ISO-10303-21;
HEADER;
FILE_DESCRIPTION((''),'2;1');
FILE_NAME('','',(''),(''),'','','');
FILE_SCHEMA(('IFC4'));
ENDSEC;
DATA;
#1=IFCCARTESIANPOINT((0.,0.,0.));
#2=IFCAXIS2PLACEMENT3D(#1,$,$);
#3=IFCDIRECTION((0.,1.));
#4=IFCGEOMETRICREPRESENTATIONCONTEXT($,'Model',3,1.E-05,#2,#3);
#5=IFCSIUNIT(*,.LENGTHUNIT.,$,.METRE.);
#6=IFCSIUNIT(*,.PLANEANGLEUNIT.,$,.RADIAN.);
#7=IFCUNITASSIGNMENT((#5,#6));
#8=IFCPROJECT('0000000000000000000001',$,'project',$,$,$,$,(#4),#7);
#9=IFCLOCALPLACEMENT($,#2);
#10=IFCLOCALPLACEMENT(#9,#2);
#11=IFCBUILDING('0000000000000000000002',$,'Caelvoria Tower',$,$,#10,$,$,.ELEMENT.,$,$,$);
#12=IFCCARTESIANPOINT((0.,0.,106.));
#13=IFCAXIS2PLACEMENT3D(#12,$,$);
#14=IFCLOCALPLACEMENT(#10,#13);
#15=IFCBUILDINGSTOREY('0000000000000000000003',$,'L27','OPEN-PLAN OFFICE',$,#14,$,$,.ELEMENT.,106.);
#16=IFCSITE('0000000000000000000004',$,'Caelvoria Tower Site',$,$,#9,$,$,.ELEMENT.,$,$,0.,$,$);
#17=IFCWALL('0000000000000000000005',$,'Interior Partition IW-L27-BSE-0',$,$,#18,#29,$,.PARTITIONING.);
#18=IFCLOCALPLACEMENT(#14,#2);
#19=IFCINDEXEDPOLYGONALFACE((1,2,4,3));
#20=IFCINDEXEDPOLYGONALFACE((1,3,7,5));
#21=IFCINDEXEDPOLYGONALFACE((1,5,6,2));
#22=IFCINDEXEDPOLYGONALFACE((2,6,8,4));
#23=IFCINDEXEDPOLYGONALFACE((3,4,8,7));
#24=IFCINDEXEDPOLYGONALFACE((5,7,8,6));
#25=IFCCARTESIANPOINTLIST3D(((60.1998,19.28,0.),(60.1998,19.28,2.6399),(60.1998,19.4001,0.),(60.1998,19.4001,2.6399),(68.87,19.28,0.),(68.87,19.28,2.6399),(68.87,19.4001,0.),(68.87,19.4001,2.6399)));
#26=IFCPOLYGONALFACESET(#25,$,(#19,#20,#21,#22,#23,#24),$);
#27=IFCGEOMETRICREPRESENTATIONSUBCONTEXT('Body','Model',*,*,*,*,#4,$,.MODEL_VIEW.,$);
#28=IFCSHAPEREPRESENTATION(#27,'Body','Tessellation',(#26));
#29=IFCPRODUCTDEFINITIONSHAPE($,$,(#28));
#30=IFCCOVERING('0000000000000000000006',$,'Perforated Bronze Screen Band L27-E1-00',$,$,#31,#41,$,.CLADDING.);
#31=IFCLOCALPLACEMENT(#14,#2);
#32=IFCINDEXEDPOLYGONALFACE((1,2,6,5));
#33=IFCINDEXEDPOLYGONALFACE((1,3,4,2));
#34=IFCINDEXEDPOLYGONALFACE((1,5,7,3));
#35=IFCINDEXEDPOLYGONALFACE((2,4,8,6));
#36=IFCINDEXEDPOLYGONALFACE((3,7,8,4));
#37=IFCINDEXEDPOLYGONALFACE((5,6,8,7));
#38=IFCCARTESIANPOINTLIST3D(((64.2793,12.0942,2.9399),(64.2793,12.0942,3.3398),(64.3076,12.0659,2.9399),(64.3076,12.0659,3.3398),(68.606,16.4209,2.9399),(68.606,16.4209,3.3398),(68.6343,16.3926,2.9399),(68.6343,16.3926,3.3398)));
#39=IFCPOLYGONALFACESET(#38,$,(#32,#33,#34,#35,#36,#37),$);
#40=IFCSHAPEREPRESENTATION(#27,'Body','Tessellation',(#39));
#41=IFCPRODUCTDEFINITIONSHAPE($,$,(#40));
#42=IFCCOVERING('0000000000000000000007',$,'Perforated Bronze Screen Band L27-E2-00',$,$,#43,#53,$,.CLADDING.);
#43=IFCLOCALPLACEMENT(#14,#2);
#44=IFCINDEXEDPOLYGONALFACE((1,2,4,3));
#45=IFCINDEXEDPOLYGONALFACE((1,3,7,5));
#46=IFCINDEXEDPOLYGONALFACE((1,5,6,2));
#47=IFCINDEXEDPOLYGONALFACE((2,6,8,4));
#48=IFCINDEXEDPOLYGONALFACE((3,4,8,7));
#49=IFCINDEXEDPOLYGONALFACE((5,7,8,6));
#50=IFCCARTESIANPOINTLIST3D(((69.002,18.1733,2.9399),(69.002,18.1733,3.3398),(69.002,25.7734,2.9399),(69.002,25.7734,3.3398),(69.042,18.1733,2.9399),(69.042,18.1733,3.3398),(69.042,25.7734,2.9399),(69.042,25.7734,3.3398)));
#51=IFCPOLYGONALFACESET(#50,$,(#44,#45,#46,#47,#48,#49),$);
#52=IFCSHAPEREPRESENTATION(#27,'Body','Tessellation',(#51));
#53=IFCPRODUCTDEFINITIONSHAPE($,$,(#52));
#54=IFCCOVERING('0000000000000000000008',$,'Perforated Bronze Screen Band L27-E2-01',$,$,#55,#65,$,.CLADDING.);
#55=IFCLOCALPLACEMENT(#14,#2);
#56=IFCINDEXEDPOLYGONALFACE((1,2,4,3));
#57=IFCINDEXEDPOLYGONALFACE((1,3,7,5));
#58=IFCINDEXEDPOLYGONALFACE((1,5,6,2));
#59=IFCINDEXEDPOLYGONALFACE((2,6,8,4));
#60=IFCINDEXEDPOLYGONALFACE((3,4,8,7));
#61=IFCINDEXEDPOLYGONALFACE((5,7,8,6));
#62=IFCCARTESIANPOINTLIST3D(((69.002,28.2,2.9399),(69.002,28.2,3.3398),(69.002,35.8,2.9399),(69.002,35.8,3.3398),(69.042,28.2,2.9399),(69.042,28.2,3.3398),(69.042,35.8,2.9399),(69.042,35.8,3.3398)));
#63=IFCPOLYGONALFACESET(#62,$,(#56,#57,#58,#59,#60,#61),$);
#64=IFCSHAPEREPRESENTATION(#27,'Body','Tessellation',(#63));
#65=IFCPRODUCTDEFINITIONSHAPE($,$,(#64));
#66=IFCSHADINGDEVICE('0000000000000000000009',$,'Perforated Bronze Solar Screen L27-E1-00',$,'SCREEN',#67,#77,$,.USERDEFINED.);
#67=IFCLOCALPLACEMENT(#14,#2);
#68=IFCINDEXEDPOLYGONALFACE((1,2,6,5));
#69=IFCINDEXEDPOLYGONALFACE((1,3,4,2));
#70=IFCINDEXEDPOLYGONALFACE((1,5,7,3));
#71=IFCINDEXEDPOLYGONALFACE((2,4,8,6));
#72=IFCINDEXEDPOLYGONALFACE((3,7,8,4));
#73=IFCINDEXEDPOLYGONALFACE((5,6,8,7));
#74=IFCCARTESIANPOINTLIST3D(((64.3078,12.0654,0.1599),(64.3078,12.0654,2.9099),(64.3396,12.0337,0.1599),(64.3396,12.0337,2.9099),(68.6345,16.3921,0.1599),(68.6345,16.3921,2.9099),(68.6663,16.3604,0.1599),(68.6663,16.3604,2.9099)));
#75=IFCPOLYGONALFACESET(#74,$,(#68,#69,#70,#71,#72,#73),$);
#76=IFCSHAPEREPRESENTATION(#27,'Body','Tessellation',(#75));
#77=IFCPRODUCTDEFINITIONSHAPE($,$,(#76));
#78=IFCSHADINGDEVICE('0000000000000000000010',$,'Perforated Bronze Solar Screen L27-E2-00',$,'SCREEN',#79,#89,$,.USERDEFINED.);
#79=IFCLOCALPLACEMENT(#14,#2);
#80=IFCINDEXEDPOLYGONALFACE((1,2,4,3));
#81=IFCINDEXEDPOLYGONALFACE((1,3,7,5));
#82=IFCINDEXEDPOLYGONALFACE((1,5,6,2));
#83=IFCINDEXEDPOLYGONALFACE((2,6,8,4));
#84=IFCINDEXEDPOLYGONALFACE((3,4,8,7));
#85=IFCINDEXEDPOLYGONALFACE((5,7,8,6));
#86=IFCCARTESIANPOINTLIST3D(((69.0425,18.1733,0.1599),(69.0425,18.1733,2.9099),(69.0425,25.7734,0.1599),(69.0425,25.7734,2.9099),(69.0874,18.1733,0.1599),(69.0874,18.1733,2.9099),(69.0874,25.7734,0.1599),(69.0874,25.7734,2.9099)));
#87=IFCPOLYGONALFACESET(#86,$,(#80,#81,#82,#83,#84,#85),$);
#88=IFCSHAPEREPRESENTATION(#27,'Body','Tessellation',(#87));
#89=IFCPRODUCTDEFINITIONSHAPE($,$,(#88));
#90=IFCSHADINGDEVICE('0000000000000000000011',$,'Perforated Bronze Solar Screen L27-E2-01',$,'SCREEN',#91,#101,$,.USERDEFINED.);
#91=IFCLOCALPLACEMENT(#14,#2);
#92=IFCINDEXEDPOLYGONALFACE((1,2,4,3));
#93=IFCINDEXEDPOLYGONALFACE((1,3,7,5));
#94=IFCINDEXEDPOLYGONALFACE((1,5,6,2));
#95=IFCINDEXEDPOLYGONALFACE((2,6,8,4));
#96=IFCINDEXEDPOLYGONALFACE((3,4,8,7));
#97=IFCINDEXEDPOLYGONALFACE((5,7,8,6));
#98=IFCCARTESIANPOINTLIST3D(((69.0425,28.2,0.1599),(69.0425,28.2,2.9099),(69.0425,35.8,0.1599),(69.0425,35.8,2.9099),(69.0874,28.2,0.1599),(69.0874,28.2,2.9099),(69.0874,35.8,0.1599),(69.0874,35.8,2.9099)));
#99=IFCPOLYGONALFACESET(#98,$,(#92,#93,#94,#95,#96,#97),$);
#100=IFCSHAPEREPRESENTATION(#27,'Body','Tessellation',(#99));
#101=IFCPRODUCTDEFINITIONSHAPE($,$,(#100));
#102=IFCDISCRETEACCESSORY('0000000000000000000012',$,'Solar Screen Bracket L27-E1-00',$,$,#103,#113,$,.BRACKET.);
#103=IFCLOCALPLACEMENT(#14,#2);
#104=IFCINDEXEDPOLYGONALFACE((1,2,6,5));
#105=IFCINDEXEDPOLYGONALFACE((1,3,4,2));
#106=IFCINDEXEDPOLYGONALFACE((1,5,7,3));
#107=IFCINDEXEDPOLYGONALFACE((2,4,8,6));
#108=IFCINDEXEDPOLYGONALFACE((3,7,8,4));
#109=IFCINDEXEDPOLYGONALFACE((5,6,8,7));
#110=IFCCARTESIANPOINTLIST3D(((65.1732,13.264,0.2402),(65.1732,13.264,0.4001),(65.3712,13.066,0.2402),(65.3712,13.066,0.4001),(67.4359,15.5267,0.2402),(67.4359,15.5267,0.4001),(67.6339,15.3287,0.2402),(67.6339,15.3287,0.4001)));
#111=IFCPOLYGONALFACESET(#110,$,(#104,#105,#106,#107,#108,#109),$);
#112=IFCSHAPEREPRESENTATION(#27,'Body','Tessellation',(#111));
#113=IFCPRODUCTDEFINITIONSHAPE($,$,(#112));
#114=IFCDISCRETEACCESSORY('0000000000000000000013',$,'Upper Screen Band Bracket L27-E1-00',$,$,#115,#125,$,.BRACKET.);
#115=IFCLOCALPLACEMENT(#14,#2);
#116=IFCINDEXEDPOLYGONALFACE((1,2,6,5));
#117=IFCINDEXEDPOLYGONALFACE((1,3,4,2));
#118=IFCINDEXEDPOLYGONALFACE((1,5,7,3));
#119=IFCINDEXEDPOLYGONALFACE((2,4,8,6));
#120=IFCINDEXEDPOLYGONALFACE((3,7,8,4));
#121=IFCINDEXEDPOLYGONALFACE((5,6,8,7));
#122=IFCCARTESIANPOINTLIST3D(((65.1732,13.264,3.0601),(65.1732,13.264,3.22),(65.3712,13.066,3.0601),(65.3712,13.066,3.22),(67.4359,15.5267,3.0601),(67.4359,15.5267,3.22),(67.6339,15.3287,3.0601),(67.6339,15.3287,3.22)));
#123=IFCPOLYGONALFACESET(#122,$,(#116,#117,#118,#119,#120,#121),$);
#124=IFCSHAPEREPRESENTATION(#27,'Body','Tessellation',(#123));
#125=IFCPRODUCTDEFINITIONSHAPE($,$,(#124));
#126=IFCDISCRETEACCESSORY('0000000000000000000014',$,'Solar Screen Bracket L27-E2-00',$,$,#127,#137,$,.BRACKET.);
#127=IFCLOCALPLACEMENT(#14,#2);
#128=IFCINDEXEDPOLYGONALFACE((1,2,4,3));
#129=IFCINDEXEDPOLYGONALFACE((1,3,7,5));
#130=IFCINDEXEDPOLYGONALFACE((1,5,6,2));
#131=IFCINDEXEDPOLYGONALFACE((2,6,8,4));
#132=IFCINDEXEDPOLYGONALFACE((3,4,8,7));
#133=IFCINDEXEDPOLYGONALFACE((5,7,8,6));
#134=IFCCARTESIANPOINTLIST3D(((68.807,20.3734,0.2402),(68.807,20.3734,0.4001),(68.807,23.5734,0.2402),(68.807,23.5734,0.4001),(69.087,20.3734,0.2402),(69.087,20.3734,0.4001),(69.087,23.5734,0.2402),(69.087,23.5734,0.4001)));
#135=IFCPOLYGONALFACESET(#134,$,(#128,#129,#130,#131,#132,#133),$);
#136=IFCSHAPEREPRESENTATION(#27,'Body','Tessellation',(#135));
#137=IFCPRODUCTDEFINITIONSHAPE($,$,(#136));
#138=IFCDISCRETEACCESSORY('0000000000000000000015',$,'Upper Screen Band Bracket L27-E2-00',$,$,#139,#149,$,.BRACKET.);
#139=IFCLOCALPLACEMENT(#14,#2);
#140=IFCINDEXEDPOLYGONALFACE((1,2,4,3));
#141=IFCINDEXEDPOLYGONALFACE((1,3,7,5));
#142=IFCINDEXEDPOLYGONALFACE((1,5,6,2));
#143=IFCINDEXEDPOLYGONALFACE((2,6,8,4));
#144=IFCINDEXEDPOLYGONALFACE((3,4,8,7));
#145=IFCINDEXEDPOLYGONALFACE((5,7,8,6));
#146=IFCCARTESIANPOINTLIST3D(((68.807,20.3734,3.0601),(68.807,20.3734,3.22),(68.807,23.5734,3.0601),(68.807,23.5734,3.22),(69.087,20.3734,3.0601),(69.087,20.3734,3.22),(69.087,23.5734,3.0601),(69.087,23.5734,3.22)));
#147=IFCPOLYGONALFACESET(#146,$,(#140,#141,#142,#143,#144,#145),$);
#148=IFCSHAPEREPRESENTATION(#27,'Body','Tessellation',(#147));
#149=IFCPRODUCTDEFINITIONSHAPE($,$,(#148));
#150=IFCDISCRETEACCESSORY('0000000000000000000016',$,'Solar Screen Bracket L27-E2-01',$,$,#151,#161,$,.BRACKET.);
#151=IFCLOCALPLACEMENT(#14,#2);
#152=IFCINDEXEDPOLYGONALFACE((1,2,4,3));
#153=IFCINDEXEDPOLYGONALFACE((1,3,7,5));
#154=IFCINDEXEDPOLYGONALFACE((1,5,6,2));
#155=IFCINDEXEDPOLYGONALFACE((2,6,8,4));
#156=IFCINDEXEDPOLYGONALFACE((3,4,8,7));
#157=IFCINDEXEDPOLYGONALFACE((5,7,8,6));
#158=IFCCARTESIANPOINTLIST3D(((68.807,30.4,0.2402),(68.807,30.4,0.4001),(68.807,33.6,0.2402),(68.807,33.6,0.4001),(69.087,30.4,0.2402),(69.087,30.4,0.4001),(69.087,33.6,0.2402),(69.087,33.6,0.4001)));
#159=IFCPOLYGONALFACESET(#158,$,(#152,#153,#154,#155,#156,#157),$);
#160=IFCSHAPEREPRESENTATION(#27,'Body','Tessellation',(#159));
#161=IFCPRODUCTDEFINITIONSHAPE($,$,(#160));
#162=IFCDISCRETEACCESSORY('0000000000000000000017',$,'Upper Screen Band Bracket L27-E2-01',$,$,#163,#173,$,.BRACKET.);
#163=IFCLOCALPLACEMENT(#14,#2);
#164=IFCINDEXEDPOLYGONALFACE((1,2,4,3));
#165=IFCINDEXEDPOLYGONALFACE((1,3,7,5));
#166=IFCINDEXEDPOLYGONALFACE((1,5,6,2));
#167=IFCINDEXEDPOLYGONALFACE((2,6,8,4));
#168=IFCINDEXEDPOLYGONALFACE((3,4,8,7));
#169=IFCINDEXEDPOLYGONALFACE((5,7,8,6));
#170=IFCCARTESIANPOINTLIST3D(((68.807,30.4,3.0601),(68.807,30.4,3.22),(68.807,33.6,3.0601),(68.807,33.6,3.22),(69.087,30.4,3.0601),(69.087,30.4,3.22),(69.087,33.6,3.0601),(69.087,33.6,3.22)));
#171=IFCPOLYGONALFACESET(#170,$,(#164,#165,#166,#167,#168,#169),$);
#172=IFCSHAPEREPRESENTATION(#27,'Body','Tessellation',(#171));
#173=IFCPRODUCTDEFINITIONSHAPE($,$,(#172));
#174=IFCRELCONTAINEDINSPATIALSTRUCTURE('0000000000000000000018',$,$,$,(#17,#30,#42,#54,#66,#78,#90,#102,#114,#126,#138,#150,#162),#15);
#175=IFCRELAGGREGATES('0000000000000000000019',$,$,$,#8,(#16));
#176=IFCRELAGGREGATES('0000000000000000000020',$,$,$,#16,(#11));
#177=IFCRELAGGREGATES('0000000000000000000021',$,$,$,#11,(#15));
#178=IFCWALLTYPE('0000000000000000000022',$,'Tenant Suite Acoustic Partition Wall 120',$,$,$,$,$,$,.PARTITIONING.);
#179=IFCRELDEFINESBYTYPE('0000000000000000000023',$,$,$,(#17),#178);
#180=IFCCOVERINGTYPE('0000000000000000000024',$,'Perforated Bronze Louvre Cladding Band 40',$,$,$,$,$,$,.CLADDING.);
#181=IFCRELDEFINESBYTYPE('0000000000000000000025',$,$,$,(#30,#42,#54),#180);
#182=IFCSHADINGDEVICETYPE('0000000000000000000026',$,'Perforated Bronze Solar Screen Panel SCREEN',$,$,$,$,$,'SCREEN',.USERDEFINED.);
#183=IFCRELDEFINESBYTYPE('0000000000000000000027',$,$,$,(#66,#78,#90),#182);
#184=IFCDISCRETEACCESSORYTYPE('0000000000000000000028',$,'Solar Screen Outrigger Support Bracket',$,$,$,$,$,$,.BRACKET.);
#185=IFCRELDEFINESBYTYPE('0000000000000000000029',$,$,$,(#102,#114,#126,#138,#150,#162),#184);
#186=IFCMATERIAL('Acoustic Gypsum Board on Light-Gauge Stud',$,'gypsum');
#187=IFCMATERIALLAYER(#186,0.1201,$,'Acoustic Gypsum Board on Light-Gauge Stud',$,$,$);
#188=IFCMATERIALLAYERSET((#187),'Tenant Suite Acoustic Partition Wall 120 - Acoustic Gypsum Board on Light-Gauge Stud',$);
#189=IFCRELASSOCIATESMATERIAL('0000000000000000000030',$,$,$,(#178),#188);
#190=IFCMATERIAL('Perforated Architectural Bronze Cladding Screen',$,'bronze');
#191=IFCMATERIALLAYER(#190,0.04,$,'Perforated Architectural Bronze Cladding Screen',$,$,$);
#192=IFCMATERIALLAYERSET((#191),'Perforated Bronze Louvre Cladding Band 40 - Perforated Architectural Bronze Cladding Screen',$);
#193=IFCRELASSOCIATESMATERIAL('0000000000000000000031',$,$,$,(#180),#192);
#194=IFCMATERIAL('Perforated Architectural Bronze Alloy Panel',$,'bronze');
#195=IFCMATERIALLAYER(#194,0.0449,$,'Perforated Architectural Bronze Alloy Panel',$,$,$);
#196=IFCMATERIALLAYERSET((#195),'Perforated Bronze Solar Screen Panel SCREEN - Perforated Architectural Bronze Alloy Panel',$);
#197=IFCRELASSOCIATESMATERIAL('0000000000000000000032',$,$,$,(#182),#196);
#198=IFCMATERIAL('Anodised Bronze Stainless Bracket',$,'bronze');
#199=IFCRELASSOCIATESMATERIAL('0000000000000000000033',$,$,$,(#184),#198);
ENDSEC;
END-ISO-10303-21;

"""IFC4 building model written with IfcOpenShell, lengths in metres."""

from ifc_helpers import new_model, si_unit, direction, frame, frame_2d, origin, origin_2d, place, context, subcontext, project, spatial, rectangle, extrude, material, layer, layer_set, type_object, element, save


model = new_model("IFC4")

# Units and contexts
model_context = context("Model", 3, precision=1e-05, world=origin(), true_north=direction((0.0, 1.0)))
body_context = subcontext(model_context, "Body", "Model", "MODEL_VIEW")
ifc_project = project(units=[si_unit("LENGTHUNIT", "METRE"), si_unit("PLANEANGLEUNIT", "RADIAN")], contexts=[model_context])

# Site, building, storey
site_placement = place(None, origin())
site = spatial("IfcSite", under=ifc_project, at=site_placement, Name="Caelvoria Tower Site", CompositionType="ELEMENT", RefElevation=0.0)
building_placement = place(site_placement, origin())
building = spatial("IfcBuilding", under=site, at=building_placement, Name="Caelvoria Tower", CompositionType="ELEMENT")
storey_placement = place(building_placement, frame((0.0, 0.0, 106.0)))
storey = spatial("IfcBuildingStorey", under=building, at=storey_placement, Name="L27", Description="OPEN-PLAN OFFICE", CompositionType="ELEMENT", Elevation=106.0)

# Shared definitions
ifc_material_1 = material(Name="Acoustic Gypsum Board on Light-Gauge Stud", Category="gypsum")
ifc_layer_1 = layer(ifc_material_1, 0.1201, Name="Acoustic Gypsum Board on Light-Gauge Stud")
ifc_layer_set_1 = layer_set([ifc_layer_1], Name="Tenant Suite Acoustic Partition Wall 120 - Acoustic Gypsum Board on Light-Gauge Stud")
wall_type_1 = type_object("IfcWallType", Name="Tenant Suite Acoustic Partition Wall 120", PredefinedType="PARTITIONING", material=ifc_layer_set_1)

# Wall
wall_1_placement = place(storey_placement, frame((60.2, 19.3401, 0.0), z_axis=(0.0, 0.0, 1.0), x_axis=(1.0, 0.0, 0.0)))
element("IfcWall", 1, at=wall_1_placement, inside=storey, type_object=wall_type_1, Name="Interior Partition IW-L27-BSE-0", PredefinedType="PARTITIONING", context=body_context, shape_type="SweptSolid", body=[
    extrude(rectangle(XDim=8.6702, YDim=0.1201, at=frame_2d((4.335, 0.0))), origin(), (0.0, 0.0, 1.0), 2.6399),
])

# Coverings
ifc_material_2 = material(Name="Perforated Architectural Bronze Cladding Screen", Category="bronze")
ifc_layer_2 = layer(ifc_material_2, 0.04, Name="Perforated Architectural Bronze Cladding Screen")
ifc_layer_set_2 = layer_set([ifc_layer_2], Name="Perforated Bronze Louvre Cladding Band 40 - Perforated Architectural Bronze Cladding Screen")
covering_type = type_object("IfcCoveringType", Name="Perforated Bronze Louvre Cladding Band 40", PredefinedType="CLADDING", material=ifc_layer_set_2)
covering_placement = place(storey_placement, frame((66.4568, 14.2434, 2.9399), z_axis=(0.0, 0.0, 1.0), x_axis=(0.707107, 0.707107, 0.0)))
element("IfcCovering", 2, at=covering_placement, inside=storey, type_object=covering_type, Name="Perforated Bronze Screen Band L27-E1-00", PredefinedType="CLADDING", context=body_context, shape_type="SweptSolid", body=[
    extrude(rectangle(XDim=6.1189, YDim=0.04, at=origin_2d()), origin(), (0.0, 0.0, 1.0), 0.3999),
])
for number, where, z_axis, x_axis, name in (
    (3, (69.022, 21.9734, 2.9399), (0.0, 0.0, 1.0), (0.0, 1.0, 0.0), "Perforated Bronze Screen Band L27-E2-00"),
    (4, (69.022, 32.0, 2.9399), (0.0, 0.0, 1.0), (0.0, 1.0, 0.0), "Perforated Bronze Screen Band L27-E2-01"),
):
    element("IfcCovering", number, at=place(storey_placement, frame(where, z_axis=z_axis, x_axis=x_axis)), inside=storey, type_object=covering_type, Name=name, PredefinedType="CLADDING", context=body_context, shape_type="SweptSolid", body=[
        extrude(rectangle(XDim=7.6001, YDim=0.04, at=origin_2d()), origin(), (0.0, 0.0, 1.0), 0.3999),
    ])

# Shading devices
ifc_material_3 = material(Name="Perforated Architectural Bronze Alloy Panel", Category="bronze")
ifc_layer_3 = layer(ifc_material_3, 0.0449, Name="Perforated Architectural Bronze Alloy Panel")
ifc_layer_set_3 = layer_set([ifc_layer_3], Name="Perforated Bronze Solar Screen Panel SCREEN - Perforated Architectural Bronze Alloy Panel")
shading_device_type = type_object("IfcShadingDeviceType", Name="Perforated Bronze Solar Screen Panel SCREEN", ElementType="SCREEN", PredefinedType="USERDEFINED", material=ifc_layer_set_3)
shading_device_placement = place(storey_placement, frame((66.4871, 14.2129, 0.1599), z_axis=(0.0, 0.0, 1.0), x_axis=(0.707107, 0.707107, 0.0)))
element("IfcShadingDevice", 5, at=shading_device_placement, inside=storey, type_object=shading_device_type, Name="Perforated Bronze Solar Screen L27-E1-00", ObjectType="SCREEN", PredefinedType="USERDEFINED", context=body_context, shape_type="SweptSolid", body=[
    extrude(rectangle(XDim=6.1189, YDim=0.0449, at=origin_2d()), origin(), (0.0, 0.0, 1.0), 2.75),
])
for number, where, z_axis, x_axis, name in (
    (6, (69.0649, 21.9734, 0.1599), (0.0, 0.0, 1.0), (0.0, 1.0, 0.0), "Perforated Bronze Solar Screen L27-E2-00"),
    (7, (69.0649, 32.0, 0.1599), (0.0, 0.0, 1.0), (0.0, 1.0, 0.0), "Perforated Bronze Solar Screen L27-E2-01"),
):
    element("IfcShadingDevice", number, at=place(storey_placement, frame(where, z_axis=z_axis, x_axis=x_axis)), inside=storey, type_object=shading_device_type, Name=name, ObjectType="SCREEN", PredefinedType="USERDEFINED", context=body_context, shape_type="SweptSolid", body=[
        extrude(rectangle(XDim=7.6001, YDim=0.0449, at=origin_2d()), origin(), (0.0, 0.0, 1.0), 2.75),
    ])

# Discrete accessories
ifc_material_4 = material(Name="Anodised Bronze Stainless Bracket", Category="bronze")
discrete_accessory_type = type_object("IfcDiscreteAccessoryType", Name="Solar Screen Outrigger Support Bracket", PredefinedType="BRACKET", material=ifc_material_4)
for number, where, z_axis, x_axis, name in (
    (8, (66.4036, 14.2964, 0.2402), (0.0, 0.0, 1.0), (0.707107, 0.707107, 0.0), "Solar Screen Bracket L27-E1-00"),
    (9, (66.4036, 14.2964, 3.0601), (0.0, 0.0, 1.0), (0.707107, 0.707107, 0.0), "Upper Screen Band Bracket L27-E1-00"),
    (10, (68.947, 21.9734, 0.2402), (0.0, 0.0, 1.0), (0.0, 1.0, 0.0), "Solar Screen Bracket L27-E2-00"),
    (11, (68.947, 21.9734, 3.0601), (0.0, 0.0, 1.0), (0.0, 1.0, 0.0), "Upper Screen Band Bracket L27-E2-00"),
    (12, (68.947, 32.0, 0.2402), (0.0, 0.0, 1.0), (0.0, 1.0, 0.0), "Solar Screen Bracket L27-E2-01"),
    (13, (68.947, 32.0, 3.0601), (0.0, 0.0, 1.0), (0.0, 1.0, 0.0), "Upper Screen Band Bracket L27-E2-01"),
):
    element("IfcDiscreteAccessory", number, at=place(storey_placement, frame(where, z_axis=z_axis, x_axis=x_axis)), inside=storey, type_object=discrete_accessory_type, Name=name, PredefinedType="BRACKET", context=body_context, shape_type="SweptSolid", body=[
        extrude(rectangle(XDim=3.2, YDim=0.28, at=origin_2d()), origin(), (0.0, 0.0, 1.0), 0.1599),
    ])

save(model, "model.ifc")
